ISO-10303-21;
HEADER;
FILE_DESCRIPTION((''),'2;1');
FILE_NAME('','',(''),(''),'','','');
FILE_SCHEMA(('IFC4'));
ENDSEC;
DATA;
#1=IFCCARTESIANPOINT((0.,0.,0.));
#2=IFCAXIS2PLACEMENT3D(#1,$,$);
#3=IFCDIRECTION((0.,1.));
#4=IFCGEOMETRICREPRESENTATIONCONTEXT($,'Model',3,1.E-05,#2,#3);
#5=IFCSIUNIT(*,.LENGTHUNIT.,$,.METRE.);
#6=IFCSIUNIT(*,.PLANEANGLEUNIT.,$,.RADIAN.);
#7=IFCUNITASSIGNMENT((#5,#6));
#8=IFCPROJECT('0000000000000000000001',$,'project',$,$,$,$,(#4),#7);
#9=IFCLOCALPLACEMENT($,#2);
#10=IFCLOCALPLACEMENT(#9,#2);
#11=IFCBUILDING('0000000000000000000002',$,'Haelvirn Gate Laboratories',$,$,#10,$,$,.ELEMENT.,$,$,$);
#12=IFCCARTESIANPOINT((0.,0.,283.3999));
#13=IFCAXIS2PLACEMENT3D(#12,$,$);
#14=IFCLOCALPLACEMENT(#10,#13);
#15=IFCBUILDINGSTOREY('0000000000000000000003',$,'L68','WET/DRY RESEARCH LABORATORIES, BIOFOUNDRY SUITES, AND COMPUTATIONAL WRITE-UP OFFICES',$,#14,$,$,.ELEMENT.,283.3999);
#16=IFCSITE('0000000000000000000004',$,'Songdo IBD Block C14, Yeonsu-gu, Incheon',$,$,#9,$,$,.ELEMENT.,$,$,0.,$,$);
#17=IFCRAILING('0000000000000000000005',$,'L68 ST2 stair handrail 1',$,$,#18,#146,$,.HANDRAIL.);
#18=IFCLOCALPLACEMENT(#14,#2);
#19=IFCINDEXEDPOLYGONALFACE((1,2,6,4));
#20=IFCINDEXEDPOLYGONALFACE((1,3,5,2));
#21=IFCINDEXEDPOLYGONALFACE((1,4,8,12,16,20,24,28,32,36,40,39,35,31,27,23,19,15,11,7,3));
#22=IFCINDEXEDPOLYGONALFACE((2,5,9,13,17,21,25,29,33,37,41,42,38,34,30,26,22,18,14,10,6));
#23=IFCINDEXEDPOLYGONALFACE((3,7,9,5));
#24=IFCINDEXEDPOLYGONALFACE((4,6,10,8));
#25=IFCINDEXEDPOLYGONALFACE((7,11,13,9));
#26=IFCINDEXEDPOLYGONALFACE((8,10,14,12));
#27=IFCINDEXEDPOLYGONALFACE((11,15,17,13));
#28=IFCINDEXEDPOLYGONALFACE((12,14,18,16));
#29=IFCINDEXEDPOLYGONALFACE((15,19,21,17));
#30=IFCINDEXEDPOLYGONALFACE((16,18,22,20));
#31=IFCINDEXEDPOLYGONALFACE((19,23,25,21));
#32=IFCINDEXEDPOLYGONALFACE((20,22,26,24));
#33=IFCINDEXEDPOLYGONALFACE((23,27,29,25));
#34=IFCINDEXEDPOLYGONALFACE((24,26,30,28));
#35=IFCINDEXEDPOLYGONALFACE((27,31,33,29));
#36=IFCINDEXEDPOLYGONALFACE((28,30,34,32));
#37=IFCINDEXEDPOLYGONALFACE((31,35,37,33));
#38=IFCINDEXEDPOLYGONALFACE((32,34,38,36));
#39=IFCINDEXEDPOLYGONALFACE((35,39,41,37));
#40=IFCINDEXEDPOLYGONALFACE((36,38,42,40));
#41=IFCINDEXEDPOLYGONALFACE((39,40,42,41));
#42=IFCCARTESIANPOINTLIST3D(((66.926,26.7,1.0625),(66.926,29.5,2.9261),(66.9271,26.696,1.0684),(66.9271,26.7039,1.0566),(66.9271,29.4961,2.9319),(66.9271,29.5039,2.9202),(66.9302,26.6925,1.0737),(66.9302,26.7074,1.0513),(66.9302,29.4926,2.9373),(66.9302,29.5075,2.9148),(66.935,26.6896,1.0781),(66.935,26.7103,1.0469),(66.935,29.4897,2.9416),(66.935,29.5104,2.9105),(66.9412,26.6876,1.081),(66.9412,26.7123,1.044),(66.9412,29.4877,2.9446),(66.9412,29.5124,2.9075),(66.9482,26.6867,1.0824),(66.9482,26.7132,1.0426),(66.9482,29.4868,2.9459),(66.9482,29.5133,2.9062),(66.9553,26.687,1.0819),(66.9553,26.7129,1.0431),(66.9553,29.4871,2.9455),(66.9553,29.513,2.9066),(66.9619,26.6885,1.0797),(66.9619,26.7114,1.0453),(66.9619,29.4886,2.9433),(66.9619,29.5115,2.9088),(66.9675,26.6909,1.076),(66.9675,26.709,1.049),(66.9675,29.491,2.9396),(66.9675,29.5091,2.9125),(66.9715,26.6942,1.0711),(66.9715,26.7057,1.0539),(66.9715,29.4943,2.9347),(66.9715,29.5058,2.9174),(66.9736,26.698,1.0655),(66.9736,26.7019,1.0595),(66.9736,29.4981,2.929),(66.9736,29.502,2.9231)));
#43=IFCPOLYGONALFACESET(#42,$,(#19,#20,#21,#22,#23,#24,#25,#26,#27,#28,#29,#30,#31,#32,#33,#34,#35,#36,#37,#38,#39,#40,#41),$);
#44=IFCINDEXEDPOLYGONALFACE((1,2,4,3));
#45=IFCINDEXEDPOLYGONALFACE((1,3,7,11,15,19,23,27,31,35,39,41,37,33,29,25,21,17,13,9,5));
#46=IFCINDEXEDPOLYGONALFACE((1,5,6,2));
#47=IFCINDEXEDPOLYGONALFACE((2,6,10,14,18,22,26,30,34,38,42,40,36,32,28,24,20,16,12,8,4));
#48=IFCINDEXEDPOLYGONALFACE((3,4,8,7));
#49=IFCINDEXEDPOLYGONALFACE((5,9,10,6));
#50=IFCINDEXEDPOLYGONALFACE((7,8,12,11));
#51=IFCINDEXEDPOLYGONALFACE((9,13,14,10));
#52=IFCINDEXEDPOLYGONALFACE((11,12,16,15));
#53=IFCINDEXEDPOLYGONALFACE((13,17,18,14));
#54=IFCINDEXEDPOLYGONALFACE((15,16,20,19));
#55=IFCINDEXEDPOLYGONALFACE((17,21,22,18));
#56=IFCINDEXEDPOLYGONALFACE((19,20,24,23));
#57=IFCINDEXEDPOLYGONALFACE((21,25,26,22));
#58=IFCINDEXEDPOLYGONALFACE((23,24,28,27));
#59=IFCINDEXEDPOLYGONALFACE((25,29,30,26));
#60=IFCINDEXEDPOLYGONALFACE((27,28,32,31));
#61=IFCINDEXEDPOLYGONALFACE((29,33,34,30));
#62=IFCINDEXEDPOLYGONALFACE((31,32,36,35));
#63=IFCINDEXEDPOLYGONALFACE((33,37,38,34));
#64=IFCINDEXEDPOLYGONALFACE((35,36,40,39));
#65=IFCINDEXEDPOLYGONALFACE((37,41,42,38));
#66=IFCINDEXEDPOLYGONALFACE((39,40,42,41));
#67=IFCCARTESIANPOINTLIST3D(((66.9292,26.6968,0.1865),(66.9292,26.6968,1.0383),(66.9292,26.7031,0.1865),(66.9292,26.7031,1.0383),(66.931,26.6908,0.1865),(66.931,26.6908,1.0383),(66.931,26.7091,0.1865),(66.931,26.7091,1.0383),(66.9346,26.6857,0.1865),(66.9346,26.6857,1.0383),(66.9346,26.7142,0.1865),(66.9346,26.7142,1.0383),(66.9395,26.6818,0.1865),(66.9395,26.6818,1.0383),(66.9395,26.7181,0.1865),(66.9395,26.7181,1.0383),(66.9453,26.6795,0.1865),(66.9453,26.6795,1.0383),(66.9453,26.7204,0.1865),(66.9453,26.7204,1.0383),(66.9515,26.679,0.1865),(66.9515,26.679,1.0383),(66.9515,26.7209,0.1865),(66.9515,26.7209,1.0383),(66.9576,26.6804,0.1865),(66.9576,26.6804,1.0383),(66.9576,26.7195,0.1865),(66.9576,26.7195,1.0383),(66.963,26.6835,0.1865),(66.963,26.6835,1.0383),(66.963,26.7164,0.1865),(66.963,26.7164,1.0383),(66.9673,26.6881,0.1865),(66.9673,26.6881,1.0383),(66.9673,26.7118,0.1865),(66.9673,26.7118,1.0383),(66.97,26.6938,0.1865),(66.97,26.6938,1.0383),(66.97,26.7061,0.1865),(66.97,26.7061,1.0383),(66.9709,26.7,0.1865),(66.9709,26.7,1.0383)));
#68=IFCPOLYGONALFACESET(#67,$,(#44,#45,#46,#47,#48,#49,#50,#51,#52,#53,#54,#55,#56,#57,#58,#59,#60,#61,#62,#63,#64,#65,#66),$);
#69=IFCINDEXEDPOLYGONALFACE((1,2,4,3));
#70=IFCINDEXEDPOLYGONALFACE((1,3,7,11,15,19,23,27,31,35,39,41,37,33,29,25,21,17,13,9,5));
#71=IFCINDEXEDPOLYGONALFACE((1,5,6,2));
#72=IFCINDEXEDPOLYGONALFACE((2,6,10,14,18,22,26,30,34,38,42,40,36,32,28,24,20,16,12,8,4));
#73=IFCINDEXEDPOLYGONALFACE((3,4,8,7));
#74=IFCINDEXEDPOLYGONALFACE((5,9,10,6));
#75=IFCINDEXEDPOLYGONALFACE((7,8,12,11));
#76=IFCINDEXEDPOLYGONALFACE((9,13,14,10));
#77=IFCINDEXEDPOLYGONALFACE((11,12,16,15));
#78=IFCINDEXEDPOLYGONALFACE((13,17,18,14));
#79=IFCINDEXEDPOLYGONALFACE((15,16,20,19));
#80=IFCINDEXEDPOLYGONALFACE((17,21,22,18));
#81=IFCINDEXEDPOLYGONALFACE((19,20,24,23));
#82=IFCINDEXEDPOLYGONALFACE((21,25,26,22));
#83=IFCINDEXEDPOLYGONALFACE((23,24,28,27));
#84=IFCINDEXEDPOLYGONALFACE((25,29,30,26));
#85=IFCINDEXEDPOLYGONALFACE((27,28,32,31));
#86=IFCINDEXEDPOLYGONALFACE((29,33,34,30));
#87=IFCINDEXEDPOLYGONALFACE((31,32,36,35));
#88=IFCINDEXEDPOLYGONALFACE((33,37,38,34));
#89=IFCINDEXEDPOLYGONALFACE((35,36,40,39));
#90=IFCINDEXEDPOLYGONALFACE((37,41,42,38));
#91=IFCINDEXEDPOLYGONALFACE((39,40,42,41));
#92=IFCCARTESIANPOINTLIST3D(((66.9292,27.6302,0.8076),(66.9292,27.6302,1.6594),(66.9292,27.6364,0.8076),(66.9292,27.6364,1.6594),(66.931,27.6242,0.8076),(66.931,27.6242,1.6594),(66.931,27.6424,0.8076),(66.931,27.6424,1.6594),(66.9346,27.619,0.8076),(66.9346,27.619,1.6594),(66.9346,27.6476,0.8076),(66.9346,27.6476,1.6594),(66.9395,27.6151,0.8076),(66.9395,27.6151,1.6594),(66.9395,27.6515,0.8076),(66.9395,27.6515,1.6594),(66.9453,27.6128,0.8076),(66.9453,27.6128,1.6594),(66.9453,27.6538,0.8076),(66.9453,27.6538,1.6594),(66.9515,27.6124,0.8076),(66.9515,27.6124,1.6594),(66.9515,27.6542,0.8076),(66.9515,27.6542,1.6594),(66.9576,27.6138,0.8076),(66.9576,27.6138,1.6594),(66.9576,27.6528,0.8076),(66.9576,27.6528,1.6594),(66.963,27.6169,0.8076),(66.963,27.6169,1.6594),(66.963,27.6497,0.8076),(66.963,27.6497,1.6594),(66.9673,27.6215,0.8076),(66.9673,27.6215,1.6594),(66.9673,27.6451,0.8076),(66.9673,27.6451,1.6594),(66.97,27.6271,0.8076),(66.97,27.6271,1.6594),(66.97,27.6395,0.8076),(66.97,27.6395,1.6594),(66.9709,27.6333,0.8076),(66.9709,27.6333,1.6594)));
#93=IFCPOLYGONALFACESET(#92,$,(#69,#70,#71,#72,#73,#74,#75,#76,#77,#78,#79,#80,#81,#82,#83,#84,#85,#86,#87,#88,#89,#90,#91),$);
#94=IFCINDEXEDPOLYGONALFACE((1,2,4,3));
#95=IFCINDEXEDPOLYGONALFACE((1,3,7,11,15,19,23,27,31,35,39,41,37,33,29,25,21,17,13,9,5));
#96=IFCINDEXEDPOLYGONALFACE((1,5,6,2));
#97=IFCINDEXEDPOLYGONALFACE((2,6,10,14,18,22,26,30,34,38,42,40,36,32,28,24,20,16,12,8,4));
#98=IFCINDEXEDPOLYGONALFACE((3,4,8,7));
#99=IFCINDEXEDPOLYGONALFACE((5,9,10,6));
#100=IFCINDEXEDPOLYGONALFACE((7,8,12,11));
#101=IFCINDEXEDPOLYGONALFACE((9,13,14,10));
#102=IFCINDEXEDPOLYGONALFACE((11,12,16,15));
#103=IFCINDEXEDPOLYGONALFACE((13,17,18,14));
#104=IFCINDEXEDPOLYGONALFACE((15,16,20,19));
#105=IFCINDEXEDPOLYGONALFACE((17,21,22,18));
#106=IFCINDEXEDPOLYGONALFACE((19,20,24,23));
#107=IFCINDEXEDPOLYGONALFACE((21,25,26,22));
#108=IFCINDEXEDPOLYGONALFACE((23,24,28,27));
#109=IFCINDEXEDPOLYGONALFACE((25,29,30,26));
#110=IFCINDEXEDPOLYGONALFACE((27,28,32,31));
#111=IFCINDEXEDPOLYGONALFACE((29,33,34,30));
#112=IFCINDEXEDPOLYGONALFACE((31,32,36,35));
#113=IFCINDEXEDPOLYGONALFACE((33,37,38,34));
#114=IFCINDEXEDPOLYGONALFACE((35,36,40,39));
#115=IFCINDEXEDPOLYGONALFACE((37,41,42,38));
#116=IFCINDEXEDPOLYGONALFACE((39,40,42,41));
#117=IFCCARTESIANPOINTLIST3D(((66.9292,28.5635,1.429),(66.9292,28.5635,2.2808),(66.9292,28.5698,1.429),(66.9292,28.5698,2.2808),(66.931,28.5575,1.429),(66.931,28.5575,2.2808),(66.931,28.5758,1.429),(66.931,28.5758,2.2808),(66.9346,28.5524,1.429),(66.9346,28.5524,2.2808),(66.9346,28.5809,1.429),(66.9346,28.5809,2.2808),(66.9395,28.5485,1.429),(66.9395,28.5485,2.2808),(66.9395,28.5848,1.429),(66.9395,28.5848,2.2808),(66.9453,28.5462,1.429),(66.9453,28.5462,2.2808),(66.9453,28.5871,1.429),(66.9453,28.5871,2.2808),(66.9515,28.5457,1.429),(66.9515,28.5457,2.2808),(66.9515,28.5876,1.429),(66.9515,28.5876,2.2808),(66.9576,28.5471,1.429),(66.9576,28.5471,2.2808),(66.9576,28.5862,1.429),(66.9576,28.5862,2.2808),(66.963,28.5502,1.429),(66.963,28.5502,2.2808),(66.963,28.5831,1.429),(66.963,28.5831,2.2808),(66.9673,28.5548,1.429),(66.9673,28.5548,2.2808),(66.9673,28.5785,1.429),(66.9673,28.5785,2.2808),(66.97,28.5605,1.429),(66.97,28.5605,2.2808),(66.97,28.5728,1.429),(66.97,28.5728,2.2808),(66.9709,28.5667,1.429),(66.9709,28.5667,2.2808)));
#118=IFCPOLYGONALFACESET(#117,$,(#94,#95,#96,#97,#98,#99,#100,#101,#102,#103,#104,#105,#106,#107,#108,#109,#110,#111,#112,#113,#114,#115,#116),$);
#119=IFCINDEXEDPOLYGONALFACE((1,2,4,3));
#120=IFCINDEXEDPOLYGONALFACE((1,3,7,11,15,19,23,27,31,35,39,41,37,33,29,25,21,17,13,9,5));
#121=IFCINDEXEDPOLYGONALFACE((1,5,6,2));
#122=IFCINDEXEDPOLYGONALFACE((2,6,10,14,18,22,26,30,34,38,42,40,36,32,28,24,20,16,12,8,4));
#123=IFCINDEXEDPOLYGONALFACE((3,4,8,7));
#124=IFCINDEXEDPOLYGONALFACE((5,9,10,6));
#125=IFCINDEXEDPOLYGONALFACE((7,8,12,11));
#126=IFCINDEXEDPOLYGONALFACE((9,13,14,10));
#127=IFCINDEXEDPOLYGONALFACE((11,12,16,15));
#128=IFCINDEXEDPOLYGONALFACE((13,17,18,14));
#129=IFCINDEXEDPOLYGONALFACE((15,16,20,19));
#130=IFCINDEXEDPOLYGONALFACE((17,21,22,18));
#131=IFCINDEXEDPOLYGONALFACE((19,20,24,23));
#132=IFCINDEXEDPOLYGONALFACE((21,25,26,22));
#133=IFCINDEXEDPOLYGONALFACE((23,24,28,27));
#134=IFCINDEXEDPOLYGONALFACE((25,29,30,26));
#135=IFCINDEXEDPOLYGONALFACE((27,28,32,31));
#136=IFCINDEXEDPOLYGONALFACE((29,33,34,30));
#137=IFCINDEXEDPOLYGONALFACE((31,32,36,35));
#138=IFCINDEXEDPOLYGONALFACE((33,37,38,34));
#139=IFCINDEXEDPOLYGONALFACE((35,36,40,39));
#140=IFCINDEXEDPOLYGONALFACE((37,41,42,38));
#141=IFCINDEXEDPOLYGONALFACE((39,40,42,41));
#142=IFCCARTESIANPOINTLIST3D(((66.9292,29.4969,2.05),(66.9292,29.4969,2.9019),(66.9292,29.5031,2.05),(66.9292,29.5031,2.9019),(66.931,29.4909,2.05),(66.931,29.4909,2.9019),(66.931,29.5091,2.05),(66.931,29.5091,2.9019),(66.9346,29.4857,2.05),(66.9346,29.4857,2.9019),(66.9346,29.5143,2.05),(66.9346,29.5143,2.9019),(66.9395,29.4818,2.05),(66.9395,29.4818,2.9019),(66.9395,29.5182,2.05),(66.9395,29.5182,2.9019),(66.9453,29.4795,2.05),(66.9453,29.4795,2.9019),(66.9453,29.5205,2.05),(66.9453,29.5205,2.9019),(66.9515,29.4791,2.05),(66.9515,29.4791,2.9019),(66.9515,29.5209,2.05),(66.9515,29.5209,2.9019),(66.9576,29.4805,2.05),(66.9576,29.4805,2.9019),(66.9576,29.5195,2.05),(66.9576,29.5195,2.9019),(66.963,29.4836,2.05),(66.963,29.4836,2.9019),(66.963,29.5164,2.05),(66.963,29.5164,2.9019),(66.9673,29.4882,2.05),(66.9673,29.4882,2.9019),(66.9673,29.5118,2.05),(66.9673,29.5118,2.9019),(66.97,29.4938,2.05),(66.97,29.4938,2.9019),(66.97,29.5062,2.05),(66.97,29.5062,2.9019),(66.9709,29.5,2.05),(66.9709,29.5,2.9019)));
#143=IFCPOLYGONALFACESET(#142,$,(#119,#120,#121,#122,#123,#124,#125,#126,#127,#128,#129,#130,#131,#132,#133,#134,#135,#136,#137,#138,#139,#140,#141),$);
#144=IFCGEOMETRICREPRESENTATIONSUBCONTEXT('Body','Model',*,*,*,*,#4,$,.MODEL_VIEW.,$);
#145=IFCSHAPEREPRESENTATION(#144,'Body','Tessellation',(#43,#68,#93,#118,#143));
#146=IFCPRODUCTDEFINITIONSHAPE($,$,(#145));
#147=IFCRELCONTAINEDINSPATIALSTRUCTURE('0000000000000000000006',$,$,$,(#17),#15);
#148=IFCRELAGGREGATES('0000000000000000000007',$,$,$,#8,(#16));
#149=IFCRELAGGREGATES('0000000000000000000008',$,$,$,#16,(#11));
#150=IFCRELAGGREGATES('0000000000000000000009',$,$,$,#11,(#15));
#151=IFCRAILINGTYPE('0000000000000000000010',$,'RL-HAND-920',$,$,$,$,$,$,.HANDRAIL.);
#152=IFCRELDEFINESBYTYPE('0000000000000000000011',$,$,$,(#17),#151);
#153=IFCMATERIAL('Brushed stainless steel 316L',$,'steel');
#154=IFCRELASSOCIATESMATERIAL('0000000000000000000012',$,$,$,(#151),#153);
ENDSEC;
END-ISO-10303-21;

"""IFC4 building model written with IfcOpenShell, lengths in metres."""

from ifc_helpers import new_model, si_unit, direction, frame, origin, origin_2d, place, context, subcontext, project, spatial, circle, extrude, source, transform, mapped, material, type_object, element, save


model = new_model("IFC4")

# Units and contexts
model_context = context("Model", 3, precision=1e-05, world=origin(), true_north=direction((0.0, 1.0)))
body_context = subcontext(model_context, "Body", "Model", "MODEL_VIEW")
ifc_project = project(units=[si_unit("LENGTHUNIT", "METRE"), si_unit("PLANEANGLEUNIT", "RADIAN")], contexts=[model_context])

# Site, building, storey
site_placement = place(None, origin())
site = spatial("IfcSite", under=ifc_project, at=site_placement, Name="Songdo IBD Block C14, Yeonsu-gu, Incheon", CompositionType="ELEMENT", RefElevation=0.0)
building_placement = place(site_placement, origin())
building = spatial("IfcBuilding", under=site, at=building_placement, Name="Haelvirn Gate Laboratories", CompositionType="ELEMENT")
storey_placement = place(building_placement, frame((0.0, 0.0, 283.3999)))
storey = spatial("IfcBuildingStorey", under=building, at=storey_placement, Name="L68", Description="WET/DRY RESEARCH LABORATORIES, BIOFOUNDRY SUITES, AND COMPUTATIONAL WRITE-UP OFFICES", CompositionType="ELEMENT", Elevation=283.3999)

# Railing
ifc_material_1 = material(Name="Brushed stainless steel 316L", Category="steel")
railing_type_1 = type_object("IfcRailingType", Name="RL-HAND-920", PredefinedType="HANDRAIL", material=ifc_material_1)
shared_shape_1 = source(origin(), body_context, "Body", "SweptSolid", [
    extrude(circle(Radius=0.0239, at=origin_2d()), frame((0.0, 0.0, 0.876), z_axis=(0.0, 0.832486, 0.554047), x_axis=(-1.0, 0.0, 0.0)), (0.0, 0.0, 1.0), 3.3635),
    extrude(circle(Radius=0.021, at=origin_2d()), origin(), (0.0, 0.0, 1.0), 0.8518),
    extrude(circle(Radius=0.021, at=origin_2d()), frame((0.0, 0.9333, 0.6211)), (0.0, 0.0, 1.0), 0.8518),
    extrude(circle(Radius=0.021, at=origin_2d()), frame((0.0, 1.8667, 1.2424)), (0.0, 0.0, 1.0), 0.8518),
    extrude(circle(Radius=0.021, at=origin_2d()), frame((0.0, 2.8, 1.8635)), (0.0, 0.0, 1.0), 0.8518),
])
railing_1_placement = place(storey_placement, frame((66.95, 26.7, 0.1865)))
element("IfcRailing", 1, at=railing_1_placement, inside=storey, type_object=railing_type_1, Name="L68 ST2 stair handrail 1", PredefinedType="HANDRAIL", context=body_context, shape_type="MappedRepresentation", body=[
    mapped(shared_shape_1, transform((0.0, 0.0, 0.0), scale=1.0)),
])

save(model, "model.ifc")
